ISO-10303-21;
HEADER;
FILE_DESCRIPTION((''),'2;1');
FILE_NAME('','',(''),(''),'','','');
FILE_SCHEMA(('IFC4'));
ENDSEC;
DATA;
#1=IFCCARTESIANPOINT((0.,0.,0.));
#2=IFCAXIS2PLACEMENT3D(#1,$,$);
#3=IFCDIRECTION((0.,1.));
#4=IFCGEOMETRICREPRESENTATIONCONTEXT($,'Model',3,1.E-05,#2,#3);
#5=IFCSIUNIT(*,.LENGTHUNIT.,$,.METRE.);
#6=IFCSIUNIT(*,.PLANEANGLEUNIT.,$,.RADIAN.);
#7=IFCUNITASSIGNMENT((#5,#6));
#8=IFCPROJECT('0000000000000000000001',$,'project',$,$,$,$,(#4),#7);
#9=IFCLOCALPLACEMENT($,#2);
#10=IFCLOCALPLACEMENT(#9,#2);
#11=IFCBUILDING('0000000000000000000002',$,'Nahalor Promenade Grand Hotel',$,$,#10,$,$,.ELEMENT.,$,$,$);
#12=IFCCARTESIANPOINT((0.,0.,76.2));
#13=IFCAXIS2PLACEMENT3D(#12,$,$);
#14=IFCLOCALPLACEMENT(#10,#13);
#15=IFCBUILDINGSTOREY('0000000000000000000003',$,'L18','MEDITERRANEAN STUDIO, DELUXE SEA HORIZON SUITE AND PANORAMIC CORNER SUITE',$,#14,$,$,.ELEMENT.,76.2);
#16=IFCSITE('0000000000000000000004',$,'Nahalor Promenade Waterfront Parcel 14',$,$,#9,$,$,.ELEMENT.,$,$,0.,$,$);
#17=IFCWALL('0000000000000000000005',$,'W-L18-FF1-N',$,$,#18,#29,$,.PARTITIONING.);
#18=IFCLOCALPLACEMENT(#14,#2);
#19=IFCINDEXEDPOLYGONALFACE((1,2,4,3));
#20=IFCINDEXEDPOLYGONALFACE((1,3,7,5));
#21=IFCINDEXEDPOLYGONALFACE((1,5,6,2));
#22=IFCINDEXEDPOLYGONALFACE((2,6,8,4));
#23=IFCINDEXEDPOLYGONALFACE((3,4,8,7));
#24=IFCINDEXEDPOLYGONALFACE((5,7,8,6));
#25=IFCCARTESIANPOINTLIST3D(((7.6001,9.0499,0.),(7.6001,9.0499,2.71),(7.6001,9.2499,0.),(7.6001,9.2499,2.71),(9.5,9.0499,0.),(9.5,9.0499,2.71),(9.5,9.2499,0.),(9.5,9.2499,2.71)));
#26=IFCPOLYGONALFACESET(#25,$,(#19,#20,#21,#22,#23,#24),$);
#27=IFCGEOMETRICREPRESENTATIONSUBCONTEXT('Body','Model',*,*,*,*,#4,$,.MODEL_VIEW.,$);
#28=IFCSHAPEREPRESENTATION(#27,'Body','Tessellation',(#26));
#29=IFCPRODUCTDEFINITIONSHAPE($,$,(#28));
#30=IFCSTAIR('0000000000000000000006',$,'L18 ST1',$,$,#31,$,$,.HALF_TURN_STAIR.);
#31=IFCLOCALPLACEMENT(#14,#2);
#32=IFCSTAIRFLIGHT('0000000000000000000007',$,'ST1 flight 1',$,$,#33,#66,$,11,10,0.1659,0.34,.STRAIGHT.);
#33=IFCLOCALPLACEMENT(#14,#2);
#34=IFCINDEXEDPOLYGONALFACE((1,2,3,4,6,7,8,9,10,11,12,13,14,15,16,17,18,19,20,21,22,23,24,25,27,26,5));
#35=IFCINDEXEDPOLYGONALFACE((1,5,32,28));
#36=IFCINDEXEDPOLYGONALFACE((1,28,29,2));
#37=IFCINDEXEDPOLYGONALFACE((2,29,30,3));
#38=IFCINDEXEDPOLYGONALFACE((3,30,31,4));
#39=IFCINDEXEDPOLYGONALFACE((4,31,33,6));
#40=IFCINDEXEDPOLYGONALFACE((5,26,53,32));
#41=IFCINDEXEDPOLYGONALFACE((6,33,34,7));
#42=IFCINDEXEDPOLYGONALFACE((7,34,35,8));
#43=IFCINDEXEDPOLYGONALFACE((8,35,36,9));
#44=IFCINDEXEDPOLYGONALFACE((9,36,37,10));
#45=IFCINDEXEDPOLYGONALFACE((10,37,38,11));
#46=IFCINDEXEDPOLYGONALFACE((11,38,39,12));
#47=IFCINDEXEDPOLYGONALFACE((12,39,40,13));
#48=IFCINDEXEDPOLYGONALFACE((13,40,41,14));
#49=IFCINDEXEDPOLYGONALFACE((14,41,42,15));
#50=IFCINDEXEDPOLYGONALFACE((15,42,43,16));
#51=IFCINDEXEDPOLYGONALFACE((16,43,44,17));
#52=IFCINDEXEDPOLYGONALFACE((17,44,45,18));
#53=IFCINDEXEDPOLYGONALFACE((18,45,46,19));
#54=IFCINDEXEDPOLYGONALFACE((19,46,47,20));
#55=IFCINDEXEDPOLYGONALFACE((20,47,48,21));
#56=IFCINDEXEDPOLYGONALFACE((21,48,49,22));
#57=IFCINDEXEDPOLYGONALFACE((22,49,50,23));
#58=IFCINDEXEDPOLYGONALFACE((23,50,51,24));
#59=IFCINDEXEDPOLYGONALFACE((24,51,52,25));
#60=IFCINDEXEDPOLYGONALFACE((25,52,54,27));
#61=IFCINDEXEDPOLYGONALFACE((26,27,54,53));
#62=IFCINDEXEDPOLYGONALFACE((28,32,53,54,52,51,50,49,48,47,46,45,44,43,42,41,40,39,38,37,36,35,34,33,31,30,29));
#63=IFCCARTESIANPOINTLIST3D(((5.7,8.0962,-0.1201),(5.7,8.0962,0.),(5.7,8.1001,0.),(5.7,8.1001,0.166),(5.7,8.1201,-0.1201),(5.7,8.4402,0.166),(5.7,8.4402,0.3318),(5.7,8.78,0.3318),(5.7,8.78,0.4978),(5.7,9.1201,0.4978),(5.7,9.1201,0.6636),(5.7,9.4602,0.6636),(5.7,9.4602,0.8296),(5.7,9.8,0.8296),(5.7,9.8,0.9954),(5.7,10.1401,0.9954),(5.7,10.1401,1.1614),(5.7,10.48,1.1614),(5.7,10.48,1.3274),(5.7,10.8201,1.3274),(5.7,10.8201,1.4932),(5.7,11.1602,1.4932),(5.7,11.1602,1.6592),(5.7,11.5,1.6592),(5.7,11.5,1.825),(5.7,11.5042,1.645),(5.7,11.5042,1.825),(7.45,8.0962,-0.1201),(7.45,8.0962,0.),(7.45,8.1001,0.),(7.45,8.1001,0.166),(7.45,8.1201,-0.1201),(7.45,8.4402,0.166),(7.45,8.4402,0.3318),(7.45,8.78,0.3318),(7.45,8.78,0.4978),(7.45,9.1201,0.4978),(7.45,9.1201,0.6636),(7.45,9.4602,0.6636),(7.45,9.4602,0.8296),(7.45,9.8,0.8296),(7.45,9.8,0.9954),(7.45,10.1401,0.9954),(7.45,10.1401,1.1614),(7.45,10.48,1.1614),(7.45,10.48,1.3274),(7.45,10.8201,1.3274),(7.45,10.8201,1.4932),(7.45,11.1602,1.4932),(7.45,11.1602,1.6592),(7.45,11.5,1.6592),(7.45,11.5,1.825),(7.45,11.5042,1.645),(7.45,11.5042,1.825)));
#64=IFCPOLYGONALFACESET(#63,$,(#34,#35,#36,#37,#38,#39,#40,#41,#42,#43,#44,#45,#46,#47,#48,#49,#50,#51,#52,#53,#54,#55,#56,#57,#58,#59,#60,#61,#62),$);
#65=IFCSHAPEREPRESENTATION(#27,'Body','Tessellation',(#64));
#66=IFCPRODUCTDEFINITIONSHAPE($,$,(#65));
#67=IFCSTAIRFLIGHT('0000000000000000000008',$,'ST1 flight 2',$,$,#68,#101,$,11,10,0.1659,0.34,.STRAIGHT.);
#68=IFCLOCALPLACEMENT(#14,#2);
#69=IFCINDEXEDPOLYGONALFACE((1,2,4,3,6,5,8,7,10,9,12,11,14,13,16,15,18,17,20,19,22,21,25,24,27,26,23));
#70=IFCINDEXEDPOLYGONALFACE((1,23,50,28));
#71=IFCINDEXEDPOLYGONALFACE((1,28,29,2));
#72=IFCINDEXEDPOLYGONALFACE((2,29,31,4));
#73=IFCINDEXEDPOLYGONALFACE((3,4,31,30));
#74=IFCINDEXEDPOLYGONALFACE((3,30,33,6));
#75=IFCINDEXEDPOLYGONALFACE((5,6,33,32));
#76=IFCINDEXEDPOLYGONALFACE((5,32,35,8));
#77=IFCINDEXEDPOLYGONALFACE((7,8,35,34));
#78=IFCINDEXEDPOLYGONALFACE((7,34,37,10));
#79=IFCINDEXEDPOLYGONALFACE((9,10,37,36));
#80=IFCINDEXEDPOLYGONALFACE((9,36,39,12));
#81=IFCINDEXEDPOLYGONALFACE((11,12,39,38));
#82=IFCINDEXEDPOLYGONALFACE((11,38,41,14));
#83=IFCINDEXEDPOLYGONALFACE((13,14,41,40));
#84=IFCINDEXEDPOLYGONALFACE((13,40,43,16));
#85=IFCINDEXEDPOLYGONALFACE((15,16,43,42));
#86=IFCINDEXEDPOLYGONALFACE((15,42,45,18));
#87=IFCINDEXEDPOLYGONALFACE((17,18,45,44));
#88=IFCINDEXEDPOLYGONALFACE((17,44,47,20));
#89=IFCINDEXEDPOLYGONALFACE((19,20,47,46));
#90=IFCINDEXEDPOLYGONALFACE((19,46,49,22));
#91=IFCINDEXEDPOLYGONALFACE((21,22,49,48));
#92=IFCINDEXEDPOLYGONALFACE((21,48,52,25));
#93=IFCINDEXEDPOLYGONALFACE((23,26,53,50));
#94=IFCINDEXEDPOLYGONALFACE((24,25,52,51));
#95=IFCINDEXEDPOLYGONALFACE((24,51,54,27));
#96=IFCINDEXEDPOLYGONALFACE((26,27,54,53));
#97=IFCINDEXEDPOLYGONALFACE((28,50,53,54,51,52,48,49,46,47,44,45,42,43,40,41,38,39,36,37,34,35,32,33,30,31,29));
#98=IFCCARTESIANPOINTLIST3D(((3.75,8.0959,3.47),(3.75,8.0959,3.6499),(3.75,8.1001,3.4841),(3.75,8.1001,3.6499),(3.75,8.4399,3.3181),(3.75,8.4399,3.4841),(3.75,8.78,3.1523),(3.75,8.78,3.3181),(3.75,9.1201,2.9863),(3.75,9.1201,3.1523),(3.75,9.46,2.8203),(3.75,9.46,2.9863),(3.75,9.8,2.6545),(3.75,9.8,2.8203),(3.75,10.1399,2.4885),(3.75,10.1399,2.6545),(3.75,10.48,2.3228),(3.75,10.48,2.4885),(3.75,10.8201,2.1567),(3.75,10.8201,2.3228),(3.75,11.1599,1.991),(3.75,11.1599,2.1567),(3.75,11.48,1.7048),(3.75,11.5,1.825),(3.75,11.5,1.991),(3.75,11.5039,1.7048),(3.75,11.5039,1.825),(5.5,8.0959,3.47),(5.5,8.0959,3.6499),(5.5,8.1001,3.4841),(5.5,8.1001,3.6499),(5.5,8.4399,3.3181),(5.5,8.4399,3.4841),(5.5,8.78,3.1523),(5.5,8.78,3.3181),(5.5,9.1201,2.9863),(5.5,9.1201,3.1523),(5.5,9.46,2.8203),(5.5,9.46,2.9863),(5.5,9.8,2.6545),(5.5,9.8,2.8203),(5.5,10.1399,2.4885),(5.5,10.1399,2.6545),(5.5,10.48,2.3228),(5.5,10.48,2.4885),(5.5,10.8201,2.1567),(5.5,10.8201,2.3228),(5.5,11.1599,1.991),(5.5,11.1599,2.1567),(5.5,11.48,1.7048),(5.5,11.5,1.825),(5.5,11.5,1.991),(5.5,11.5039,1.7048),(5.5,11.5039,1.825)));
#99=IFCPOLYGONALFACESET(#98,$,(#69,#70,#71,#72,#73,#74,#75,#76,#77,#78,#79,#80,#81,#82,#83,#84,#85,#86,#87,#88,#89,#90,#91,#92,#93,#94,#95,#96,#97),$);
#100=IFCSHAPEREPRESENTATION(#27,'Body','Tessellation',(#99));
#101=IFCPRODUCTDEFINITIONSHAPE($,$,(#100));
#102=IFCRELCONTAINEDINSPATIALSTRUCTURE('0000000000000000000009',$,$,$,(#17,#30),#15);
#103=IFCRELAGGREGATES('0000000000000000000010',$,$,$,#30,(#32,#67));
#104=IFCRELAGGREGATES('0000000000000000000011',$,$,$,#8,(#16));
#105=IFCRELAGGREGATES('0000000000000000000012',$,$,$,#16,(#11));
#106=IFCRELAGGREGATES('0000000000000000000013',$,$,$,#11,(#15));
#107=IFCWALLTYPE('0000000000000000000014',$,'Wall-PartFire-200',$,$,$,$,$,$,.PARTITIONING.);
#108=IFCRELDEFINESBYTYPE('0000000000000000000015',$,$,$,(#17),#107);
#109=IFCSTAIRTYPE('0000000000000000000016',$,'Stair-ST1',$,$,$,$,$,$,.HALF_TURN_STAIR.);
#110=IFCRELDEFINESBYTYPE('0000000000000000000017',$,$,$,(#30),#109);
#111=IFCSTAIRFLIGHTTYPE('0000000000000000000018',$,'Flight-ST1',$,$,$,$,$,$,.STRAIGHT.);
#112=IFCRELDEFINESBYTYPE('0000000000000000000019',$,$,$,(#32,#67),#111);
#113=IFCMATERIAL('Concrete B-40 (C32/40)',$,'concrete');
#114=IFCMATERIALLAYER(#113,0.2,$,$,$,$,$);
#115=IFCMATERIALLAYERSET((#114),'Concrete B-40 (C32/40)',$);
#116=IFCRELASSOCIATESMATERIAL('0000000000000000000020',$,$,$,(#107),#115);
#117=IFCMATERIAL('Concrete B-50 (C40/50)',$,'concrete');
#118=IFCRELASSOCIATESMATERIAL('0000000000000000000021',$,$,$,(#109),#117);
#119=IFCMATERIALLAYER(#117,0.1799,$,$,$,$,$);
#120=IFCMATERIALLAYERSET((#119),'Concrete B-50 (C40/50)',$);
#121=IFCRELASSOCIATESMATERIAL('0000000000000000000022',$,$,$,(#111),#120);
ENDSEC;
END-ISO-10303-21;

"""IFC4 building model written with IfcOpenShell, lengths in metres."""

from ifc_helpers import new_model, si_unit, direction, frame, frame_2d, origin, place, context, subcontext, project, spatial, polyline, rectangle, outline, extrude, source, transform, mapped, material, layer, layer_set, type_object, element, aggregate, save


model = new_model("IFC4")

# Units and contexts
model_context = context("Model", 3, precision=1e-05, world=origin(), true_north=direction((0.0, 1.0)))
body_context = subcontext(model_context, "Body", "Model", "MODEL_VIEW")
ifc_project = project(units=[si_unit("LENGTHUNIT", "METRE"), si_unit("PLANEANGLEUNIT", "RADIAN")], contexts=[model_context])

# Site, building, storey
site_placement = place(None, origin())
site = spatial("IfcSite", under=ifc_project, at=site_placement, Name="Nahalor Promenade Waterfront Parcel 14", CompositionType="ELEMENT", RefElevation=0.0)
building_placement = place(site_placement, origin())
building = spatial("IfcBuilding", under=site, at=building_placement, Name="Nahalor Promenade Grand Hotel", CompositionType="ELEMENT")
storey_placement = place(building_placement, frame((0.0, 0.0, 76.2)))
storey = spatial("IfcBuildingStorey", under=building, at=storey_placement, Name="L18", Description="MEDITERRANEAN STUDIO, DELUXE SEA HORIZON SUITE AND PANORAMIC CORNER SUITE", CompositionType="ELEMENT", Elevation=76.2)

# Shared definitions
ifc_material_1 = material(Name="Concrete B-50 (C40/50)", Category="concrete")

# Wall
ifc_material_2 = material(Name="Concrete B-40 (C32/40)", Category="concrete")
ifc_layer_1 = layer(ifc_material_2, 0.2)
ifc_layer_set_1 = layer_set([ifc_layer_1], Name="Concrete B-40 (C32/40)")
wall_type_1 = type_object("IfcWallType", Name="Wall-PartFire-200", PredefinedType="PARTITIONING", material=ifc_layer_set_1)
shared_shape_1 = source(origin(), body_context, "Body", "SweptSolid", [
    extrude(rectangle(XDim=1.8999, YDim=0.2, at=frame_2d((0.95, 0.0))), origin(), (0.0, 0.0, 1.0), 2.71),
])
wall_1_placement = place(storey_placement, frame((7.6001, 9.1499, 0.0), z_axis=(0.0, 0.0, 1.0), x_axis=(1.0, 0.0, 0.0)))
element("IfcWall", 1, at=wall_1_placement, inside=storey, type_object=wall_type_1, Name="W-L18-FF1-N", PredefinedType="PARTITIONING", context=body_context, shape_type="MappedRepresentation", body=[
    mapped(shared_shape_1, transform((0.0, 0.0, 0.0), scale=1.0)),
])

# Stair, stair flights
stair_type = type_object("IfcStairType", Name="Stair-ST1", PredefinedType="HALF_TURN_STAIR", material=ifc_material_1)
stair_placement = place(storey_placement, origin())
stair = element("IfcStair", 2, at=stair_placement, inside=storey, type_object=stair_type, Name="L18 ST1", PredefinedType="HALF_TURN_STAIR")
ifc_layer_2 = layer(ifc_material_1, 0.1799)
ifc_layer_set_2 = layer_set([ifc_layer_2], Name="Concrete B-50 (C40/50)")
stair_flight_type = type_object("IfcStairFlightType", Name="Flight-ST1", PredefinedType="STRAIGHT", material=ifc_layer_set_2)
shared_shape_2 = source(origin(), body_context, "Body", "SweptSolid", [
    extrude(outline(polyline([(-0.0039, -0.1201), (-0.0039, 0.0), (0.0, 0.0), (0.0, 0.166), (0.3401, 0.166), (0.3401, 0.3318), (0.6799, 0.3318), (0.6799, 0.4978), (1.02, 0.4978), (1.02, 0.6636), (1.3601, 0.6636), (1.3601, 0.8296), (1.7, 0.8296), (1.7, 0.9954), (2.04, 0.9954), (2.04, 1.1614), (2.3799, 1.1614), (2.3799, 1.3274), (2.72, 1.3274), (2.72, 1.4932), (3.0601, 1.4932), (3.0601, 1.6592), (3.3999, 1.6592), (3.3999, 1.825), (3.4041, 1.825), (3.4041, 1.645), (0.02, -0.1201), (-0.0039, -0.1201)])), frame((0.0, 0.875, 0.0), z_axis=(0.0, -1.0, 0.0), x_axis=(1.0, 0.0, 0.0)), (0.0, 0.0, 1.0), 1.75),
])
stair_flight_1_placement = place(storey_placement, frame((6.575, 8.1001, 0.0), z_axis=(0.0, 0.0, 1.0), x_axis=(0.0, 1.0, 0.0)))
stair_flight_1 = element("IfcStairFlight", 3, at=stair_flight_1_placement, type_object=stair_flight_type, Name="ST1 flight 1", NumberOfRisers=11, NumberOfTreads=10, PredefinedType="STRAIGHT", RiserHeight=0.1659, TreadLength=0.34, context=body_context, shape_type="MappedRepresentation", body=[
    mapped(shared_shape_2, transform((0.0, 0.0, 0.0), scale=1.0)),
])
stair_flight_2_placement = place(storey_placement, frame((4.625, 11.5, 1.825), z_axis=(0.0, 0.0, 1.0), x_axis=(0.0, -1.0, 0.0)))
stair_flight_2 = element("IfcStairFlight", 4, at=stair_flight_2_placement, type_object=stair_flight_type, Name="ST1 flight 2", NumberOfRisers=11, NumberOfTreads=10, PredefinedType="STRAIGHT", RiserHeight=0.1659, TreadLength=0.34, context=body_context, shape_type="MappedRepresentation", body=[
    mapped(shared_shape_2, transform((0.0, 0.0, 0.0), scale=1.0)),
])
aggregate(stair, [stair_flight_1, stair_flight_2])

save(model, "model.ifc")
